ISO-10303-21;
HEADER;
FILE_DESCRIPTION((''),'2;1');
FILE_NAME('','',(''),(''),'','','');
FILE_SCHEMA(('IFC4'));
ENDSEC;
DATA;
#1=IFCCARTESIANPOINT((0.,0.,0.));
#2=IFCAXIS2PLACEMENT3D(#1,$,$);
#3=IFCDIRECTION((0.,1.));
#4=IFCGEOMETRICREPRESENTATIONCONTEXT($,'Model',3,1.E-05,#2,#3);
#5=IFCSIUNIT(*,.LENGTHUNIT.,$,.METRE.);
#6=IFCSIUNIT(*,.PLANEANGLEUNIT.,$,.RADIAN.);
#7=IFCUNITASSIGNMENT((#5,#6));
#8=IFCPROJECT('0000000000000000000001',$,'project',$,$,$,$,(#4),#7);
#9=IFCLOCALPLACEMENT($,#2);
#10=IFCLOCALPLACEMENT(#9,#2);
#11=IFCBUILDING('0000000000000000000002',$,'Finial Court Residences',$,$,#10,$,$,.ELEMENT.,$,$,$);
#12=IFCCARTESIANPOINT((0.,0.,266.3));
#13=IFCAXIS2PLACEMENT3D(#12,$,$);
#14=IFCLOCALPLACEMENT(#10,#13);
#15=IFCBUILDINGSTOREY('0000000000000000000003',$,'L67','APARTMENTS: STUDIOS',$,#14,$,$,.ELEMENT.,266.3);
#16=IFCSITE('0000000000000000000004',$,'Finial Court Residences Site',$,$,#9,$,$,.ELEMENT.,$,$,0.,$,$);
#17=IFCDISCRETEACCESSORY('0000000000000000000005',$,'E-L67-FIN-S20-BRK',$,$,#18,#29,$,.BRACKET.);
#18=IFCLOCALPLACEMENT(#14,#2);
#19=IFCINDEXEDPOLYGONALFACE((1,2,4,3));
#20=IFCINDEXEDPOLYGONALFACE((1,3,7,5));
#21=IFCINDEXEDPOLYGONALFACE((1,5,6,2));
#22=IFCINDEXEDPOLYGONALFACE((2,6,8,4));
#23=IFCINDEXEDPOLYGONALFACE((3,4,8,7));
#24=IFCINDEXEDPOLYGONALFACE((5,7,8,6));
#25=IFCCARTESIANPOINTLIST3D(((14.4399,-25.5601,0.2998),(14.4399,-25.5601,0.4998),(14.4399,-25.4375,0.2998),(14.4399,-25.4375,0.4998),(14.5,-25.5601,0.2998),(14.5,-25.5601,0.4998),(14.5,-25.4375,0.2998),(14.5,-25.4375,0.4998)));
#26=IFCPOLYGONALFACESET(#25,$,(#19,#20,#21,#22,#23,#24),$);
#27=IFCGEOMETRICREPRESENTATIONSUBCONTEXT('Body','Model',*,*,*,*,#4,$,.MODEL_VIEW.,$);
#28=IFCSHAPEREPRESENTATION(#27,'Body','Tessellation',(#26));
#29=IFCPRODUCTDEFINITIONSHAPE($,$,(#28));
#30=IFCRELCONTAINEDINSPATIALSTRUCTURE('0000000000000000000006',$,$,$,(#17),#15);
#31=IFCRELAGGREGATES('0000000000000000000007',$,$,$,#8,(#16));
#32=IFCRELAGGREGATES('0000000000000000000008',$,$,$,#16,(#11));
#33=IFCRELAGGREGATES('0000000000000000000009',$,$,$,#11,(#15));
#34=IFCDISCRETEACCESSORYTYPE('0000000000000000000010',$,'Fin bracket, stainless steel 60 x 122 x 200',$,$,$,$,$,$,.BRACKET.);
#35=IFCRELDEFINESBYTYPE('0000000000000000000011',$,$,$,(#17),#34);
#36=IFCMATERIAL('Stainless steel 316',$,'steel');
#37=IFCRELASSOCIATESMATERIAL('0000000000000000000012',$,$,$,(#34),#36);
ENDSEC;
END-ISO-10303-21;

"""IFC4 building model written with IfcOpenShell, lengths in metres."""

from ifc_helpers import new_model, si_unit, direction, frame, origin, origin_2d, place, context, subcontext, project, spatial, rectangle, extrude, material, type_object, element, save


model = new_model("IFC4")

# Units and contexts
model_context = context("Model", 3, precision=1e-05, world=origin(), true_north=direction((0.0, 1.0)))
body_context = subcontext(model_context, "Body", "Model", "MODEL_VIEW")
ifc_project = project(units=[si_unit("LENGTHUNIT", "METRE"), si_unit("PLANEANGLEUNIT", "RADIAN")], contexts=[model_context])

# Site, building, storey
site_placement = place(None, origin())
site = spatial("IfcSite", under=ifc_project, at=site_placement, Name="Finial Court Residences Site", CompositionType="ELEMENT", RefElevation=0.0)
building_placement = place(site_placement, origin())
building = spatial("IfcBuilding", under=site, at=building_placement, Name="Finial Court Residences", CompositionType="ELEMENT")
storey_placement = place(building_placement, frame((0.0, 0.0, 266.3)))
storey = spatial("IfcBuildingStorey", under=building, at=storey_placement, Name="L67", Description="APARTMENTS: STUDIOS", CompositionType="ELEMENT", Elevation=266.3)

# Discrete accessory
ifc_material_1 = material(Name="Stainless steel 316", Category="steel")
discrete_accessory_type = type_object("IfcDiscreteAccessoryType", Name="Fin bracket, stainless steel 60 x 122 x 200", PredefinedType="BRACKET", material=ifc_material_1)
for number, where, z_axis, x_axis, name in (
    (1, (14.47, -25.4988, 0.2998), (0.0, 0.0, 1.0), (1.0, 0.0, 0.0), "E-L67-FIN-S20-BRK"),
):
    element("IfcDiscreteAccessory", number, at=place(storey_placement, frame(where, z_axis=z_axis, x_axis=x_axis)), inside=storey, type_object=discrete_accessory_type, Name=name, PredefinedType="BRACKET", context=body_context, shape_type="SweptSolid", body=[
        extrude(rectangle(XDim=0.0601, YDim=0.1226, at=origin_2d()), origin(), (0.0, 0.0, 1.0), 0.2),
    ])

save(model, "model.ifc")
